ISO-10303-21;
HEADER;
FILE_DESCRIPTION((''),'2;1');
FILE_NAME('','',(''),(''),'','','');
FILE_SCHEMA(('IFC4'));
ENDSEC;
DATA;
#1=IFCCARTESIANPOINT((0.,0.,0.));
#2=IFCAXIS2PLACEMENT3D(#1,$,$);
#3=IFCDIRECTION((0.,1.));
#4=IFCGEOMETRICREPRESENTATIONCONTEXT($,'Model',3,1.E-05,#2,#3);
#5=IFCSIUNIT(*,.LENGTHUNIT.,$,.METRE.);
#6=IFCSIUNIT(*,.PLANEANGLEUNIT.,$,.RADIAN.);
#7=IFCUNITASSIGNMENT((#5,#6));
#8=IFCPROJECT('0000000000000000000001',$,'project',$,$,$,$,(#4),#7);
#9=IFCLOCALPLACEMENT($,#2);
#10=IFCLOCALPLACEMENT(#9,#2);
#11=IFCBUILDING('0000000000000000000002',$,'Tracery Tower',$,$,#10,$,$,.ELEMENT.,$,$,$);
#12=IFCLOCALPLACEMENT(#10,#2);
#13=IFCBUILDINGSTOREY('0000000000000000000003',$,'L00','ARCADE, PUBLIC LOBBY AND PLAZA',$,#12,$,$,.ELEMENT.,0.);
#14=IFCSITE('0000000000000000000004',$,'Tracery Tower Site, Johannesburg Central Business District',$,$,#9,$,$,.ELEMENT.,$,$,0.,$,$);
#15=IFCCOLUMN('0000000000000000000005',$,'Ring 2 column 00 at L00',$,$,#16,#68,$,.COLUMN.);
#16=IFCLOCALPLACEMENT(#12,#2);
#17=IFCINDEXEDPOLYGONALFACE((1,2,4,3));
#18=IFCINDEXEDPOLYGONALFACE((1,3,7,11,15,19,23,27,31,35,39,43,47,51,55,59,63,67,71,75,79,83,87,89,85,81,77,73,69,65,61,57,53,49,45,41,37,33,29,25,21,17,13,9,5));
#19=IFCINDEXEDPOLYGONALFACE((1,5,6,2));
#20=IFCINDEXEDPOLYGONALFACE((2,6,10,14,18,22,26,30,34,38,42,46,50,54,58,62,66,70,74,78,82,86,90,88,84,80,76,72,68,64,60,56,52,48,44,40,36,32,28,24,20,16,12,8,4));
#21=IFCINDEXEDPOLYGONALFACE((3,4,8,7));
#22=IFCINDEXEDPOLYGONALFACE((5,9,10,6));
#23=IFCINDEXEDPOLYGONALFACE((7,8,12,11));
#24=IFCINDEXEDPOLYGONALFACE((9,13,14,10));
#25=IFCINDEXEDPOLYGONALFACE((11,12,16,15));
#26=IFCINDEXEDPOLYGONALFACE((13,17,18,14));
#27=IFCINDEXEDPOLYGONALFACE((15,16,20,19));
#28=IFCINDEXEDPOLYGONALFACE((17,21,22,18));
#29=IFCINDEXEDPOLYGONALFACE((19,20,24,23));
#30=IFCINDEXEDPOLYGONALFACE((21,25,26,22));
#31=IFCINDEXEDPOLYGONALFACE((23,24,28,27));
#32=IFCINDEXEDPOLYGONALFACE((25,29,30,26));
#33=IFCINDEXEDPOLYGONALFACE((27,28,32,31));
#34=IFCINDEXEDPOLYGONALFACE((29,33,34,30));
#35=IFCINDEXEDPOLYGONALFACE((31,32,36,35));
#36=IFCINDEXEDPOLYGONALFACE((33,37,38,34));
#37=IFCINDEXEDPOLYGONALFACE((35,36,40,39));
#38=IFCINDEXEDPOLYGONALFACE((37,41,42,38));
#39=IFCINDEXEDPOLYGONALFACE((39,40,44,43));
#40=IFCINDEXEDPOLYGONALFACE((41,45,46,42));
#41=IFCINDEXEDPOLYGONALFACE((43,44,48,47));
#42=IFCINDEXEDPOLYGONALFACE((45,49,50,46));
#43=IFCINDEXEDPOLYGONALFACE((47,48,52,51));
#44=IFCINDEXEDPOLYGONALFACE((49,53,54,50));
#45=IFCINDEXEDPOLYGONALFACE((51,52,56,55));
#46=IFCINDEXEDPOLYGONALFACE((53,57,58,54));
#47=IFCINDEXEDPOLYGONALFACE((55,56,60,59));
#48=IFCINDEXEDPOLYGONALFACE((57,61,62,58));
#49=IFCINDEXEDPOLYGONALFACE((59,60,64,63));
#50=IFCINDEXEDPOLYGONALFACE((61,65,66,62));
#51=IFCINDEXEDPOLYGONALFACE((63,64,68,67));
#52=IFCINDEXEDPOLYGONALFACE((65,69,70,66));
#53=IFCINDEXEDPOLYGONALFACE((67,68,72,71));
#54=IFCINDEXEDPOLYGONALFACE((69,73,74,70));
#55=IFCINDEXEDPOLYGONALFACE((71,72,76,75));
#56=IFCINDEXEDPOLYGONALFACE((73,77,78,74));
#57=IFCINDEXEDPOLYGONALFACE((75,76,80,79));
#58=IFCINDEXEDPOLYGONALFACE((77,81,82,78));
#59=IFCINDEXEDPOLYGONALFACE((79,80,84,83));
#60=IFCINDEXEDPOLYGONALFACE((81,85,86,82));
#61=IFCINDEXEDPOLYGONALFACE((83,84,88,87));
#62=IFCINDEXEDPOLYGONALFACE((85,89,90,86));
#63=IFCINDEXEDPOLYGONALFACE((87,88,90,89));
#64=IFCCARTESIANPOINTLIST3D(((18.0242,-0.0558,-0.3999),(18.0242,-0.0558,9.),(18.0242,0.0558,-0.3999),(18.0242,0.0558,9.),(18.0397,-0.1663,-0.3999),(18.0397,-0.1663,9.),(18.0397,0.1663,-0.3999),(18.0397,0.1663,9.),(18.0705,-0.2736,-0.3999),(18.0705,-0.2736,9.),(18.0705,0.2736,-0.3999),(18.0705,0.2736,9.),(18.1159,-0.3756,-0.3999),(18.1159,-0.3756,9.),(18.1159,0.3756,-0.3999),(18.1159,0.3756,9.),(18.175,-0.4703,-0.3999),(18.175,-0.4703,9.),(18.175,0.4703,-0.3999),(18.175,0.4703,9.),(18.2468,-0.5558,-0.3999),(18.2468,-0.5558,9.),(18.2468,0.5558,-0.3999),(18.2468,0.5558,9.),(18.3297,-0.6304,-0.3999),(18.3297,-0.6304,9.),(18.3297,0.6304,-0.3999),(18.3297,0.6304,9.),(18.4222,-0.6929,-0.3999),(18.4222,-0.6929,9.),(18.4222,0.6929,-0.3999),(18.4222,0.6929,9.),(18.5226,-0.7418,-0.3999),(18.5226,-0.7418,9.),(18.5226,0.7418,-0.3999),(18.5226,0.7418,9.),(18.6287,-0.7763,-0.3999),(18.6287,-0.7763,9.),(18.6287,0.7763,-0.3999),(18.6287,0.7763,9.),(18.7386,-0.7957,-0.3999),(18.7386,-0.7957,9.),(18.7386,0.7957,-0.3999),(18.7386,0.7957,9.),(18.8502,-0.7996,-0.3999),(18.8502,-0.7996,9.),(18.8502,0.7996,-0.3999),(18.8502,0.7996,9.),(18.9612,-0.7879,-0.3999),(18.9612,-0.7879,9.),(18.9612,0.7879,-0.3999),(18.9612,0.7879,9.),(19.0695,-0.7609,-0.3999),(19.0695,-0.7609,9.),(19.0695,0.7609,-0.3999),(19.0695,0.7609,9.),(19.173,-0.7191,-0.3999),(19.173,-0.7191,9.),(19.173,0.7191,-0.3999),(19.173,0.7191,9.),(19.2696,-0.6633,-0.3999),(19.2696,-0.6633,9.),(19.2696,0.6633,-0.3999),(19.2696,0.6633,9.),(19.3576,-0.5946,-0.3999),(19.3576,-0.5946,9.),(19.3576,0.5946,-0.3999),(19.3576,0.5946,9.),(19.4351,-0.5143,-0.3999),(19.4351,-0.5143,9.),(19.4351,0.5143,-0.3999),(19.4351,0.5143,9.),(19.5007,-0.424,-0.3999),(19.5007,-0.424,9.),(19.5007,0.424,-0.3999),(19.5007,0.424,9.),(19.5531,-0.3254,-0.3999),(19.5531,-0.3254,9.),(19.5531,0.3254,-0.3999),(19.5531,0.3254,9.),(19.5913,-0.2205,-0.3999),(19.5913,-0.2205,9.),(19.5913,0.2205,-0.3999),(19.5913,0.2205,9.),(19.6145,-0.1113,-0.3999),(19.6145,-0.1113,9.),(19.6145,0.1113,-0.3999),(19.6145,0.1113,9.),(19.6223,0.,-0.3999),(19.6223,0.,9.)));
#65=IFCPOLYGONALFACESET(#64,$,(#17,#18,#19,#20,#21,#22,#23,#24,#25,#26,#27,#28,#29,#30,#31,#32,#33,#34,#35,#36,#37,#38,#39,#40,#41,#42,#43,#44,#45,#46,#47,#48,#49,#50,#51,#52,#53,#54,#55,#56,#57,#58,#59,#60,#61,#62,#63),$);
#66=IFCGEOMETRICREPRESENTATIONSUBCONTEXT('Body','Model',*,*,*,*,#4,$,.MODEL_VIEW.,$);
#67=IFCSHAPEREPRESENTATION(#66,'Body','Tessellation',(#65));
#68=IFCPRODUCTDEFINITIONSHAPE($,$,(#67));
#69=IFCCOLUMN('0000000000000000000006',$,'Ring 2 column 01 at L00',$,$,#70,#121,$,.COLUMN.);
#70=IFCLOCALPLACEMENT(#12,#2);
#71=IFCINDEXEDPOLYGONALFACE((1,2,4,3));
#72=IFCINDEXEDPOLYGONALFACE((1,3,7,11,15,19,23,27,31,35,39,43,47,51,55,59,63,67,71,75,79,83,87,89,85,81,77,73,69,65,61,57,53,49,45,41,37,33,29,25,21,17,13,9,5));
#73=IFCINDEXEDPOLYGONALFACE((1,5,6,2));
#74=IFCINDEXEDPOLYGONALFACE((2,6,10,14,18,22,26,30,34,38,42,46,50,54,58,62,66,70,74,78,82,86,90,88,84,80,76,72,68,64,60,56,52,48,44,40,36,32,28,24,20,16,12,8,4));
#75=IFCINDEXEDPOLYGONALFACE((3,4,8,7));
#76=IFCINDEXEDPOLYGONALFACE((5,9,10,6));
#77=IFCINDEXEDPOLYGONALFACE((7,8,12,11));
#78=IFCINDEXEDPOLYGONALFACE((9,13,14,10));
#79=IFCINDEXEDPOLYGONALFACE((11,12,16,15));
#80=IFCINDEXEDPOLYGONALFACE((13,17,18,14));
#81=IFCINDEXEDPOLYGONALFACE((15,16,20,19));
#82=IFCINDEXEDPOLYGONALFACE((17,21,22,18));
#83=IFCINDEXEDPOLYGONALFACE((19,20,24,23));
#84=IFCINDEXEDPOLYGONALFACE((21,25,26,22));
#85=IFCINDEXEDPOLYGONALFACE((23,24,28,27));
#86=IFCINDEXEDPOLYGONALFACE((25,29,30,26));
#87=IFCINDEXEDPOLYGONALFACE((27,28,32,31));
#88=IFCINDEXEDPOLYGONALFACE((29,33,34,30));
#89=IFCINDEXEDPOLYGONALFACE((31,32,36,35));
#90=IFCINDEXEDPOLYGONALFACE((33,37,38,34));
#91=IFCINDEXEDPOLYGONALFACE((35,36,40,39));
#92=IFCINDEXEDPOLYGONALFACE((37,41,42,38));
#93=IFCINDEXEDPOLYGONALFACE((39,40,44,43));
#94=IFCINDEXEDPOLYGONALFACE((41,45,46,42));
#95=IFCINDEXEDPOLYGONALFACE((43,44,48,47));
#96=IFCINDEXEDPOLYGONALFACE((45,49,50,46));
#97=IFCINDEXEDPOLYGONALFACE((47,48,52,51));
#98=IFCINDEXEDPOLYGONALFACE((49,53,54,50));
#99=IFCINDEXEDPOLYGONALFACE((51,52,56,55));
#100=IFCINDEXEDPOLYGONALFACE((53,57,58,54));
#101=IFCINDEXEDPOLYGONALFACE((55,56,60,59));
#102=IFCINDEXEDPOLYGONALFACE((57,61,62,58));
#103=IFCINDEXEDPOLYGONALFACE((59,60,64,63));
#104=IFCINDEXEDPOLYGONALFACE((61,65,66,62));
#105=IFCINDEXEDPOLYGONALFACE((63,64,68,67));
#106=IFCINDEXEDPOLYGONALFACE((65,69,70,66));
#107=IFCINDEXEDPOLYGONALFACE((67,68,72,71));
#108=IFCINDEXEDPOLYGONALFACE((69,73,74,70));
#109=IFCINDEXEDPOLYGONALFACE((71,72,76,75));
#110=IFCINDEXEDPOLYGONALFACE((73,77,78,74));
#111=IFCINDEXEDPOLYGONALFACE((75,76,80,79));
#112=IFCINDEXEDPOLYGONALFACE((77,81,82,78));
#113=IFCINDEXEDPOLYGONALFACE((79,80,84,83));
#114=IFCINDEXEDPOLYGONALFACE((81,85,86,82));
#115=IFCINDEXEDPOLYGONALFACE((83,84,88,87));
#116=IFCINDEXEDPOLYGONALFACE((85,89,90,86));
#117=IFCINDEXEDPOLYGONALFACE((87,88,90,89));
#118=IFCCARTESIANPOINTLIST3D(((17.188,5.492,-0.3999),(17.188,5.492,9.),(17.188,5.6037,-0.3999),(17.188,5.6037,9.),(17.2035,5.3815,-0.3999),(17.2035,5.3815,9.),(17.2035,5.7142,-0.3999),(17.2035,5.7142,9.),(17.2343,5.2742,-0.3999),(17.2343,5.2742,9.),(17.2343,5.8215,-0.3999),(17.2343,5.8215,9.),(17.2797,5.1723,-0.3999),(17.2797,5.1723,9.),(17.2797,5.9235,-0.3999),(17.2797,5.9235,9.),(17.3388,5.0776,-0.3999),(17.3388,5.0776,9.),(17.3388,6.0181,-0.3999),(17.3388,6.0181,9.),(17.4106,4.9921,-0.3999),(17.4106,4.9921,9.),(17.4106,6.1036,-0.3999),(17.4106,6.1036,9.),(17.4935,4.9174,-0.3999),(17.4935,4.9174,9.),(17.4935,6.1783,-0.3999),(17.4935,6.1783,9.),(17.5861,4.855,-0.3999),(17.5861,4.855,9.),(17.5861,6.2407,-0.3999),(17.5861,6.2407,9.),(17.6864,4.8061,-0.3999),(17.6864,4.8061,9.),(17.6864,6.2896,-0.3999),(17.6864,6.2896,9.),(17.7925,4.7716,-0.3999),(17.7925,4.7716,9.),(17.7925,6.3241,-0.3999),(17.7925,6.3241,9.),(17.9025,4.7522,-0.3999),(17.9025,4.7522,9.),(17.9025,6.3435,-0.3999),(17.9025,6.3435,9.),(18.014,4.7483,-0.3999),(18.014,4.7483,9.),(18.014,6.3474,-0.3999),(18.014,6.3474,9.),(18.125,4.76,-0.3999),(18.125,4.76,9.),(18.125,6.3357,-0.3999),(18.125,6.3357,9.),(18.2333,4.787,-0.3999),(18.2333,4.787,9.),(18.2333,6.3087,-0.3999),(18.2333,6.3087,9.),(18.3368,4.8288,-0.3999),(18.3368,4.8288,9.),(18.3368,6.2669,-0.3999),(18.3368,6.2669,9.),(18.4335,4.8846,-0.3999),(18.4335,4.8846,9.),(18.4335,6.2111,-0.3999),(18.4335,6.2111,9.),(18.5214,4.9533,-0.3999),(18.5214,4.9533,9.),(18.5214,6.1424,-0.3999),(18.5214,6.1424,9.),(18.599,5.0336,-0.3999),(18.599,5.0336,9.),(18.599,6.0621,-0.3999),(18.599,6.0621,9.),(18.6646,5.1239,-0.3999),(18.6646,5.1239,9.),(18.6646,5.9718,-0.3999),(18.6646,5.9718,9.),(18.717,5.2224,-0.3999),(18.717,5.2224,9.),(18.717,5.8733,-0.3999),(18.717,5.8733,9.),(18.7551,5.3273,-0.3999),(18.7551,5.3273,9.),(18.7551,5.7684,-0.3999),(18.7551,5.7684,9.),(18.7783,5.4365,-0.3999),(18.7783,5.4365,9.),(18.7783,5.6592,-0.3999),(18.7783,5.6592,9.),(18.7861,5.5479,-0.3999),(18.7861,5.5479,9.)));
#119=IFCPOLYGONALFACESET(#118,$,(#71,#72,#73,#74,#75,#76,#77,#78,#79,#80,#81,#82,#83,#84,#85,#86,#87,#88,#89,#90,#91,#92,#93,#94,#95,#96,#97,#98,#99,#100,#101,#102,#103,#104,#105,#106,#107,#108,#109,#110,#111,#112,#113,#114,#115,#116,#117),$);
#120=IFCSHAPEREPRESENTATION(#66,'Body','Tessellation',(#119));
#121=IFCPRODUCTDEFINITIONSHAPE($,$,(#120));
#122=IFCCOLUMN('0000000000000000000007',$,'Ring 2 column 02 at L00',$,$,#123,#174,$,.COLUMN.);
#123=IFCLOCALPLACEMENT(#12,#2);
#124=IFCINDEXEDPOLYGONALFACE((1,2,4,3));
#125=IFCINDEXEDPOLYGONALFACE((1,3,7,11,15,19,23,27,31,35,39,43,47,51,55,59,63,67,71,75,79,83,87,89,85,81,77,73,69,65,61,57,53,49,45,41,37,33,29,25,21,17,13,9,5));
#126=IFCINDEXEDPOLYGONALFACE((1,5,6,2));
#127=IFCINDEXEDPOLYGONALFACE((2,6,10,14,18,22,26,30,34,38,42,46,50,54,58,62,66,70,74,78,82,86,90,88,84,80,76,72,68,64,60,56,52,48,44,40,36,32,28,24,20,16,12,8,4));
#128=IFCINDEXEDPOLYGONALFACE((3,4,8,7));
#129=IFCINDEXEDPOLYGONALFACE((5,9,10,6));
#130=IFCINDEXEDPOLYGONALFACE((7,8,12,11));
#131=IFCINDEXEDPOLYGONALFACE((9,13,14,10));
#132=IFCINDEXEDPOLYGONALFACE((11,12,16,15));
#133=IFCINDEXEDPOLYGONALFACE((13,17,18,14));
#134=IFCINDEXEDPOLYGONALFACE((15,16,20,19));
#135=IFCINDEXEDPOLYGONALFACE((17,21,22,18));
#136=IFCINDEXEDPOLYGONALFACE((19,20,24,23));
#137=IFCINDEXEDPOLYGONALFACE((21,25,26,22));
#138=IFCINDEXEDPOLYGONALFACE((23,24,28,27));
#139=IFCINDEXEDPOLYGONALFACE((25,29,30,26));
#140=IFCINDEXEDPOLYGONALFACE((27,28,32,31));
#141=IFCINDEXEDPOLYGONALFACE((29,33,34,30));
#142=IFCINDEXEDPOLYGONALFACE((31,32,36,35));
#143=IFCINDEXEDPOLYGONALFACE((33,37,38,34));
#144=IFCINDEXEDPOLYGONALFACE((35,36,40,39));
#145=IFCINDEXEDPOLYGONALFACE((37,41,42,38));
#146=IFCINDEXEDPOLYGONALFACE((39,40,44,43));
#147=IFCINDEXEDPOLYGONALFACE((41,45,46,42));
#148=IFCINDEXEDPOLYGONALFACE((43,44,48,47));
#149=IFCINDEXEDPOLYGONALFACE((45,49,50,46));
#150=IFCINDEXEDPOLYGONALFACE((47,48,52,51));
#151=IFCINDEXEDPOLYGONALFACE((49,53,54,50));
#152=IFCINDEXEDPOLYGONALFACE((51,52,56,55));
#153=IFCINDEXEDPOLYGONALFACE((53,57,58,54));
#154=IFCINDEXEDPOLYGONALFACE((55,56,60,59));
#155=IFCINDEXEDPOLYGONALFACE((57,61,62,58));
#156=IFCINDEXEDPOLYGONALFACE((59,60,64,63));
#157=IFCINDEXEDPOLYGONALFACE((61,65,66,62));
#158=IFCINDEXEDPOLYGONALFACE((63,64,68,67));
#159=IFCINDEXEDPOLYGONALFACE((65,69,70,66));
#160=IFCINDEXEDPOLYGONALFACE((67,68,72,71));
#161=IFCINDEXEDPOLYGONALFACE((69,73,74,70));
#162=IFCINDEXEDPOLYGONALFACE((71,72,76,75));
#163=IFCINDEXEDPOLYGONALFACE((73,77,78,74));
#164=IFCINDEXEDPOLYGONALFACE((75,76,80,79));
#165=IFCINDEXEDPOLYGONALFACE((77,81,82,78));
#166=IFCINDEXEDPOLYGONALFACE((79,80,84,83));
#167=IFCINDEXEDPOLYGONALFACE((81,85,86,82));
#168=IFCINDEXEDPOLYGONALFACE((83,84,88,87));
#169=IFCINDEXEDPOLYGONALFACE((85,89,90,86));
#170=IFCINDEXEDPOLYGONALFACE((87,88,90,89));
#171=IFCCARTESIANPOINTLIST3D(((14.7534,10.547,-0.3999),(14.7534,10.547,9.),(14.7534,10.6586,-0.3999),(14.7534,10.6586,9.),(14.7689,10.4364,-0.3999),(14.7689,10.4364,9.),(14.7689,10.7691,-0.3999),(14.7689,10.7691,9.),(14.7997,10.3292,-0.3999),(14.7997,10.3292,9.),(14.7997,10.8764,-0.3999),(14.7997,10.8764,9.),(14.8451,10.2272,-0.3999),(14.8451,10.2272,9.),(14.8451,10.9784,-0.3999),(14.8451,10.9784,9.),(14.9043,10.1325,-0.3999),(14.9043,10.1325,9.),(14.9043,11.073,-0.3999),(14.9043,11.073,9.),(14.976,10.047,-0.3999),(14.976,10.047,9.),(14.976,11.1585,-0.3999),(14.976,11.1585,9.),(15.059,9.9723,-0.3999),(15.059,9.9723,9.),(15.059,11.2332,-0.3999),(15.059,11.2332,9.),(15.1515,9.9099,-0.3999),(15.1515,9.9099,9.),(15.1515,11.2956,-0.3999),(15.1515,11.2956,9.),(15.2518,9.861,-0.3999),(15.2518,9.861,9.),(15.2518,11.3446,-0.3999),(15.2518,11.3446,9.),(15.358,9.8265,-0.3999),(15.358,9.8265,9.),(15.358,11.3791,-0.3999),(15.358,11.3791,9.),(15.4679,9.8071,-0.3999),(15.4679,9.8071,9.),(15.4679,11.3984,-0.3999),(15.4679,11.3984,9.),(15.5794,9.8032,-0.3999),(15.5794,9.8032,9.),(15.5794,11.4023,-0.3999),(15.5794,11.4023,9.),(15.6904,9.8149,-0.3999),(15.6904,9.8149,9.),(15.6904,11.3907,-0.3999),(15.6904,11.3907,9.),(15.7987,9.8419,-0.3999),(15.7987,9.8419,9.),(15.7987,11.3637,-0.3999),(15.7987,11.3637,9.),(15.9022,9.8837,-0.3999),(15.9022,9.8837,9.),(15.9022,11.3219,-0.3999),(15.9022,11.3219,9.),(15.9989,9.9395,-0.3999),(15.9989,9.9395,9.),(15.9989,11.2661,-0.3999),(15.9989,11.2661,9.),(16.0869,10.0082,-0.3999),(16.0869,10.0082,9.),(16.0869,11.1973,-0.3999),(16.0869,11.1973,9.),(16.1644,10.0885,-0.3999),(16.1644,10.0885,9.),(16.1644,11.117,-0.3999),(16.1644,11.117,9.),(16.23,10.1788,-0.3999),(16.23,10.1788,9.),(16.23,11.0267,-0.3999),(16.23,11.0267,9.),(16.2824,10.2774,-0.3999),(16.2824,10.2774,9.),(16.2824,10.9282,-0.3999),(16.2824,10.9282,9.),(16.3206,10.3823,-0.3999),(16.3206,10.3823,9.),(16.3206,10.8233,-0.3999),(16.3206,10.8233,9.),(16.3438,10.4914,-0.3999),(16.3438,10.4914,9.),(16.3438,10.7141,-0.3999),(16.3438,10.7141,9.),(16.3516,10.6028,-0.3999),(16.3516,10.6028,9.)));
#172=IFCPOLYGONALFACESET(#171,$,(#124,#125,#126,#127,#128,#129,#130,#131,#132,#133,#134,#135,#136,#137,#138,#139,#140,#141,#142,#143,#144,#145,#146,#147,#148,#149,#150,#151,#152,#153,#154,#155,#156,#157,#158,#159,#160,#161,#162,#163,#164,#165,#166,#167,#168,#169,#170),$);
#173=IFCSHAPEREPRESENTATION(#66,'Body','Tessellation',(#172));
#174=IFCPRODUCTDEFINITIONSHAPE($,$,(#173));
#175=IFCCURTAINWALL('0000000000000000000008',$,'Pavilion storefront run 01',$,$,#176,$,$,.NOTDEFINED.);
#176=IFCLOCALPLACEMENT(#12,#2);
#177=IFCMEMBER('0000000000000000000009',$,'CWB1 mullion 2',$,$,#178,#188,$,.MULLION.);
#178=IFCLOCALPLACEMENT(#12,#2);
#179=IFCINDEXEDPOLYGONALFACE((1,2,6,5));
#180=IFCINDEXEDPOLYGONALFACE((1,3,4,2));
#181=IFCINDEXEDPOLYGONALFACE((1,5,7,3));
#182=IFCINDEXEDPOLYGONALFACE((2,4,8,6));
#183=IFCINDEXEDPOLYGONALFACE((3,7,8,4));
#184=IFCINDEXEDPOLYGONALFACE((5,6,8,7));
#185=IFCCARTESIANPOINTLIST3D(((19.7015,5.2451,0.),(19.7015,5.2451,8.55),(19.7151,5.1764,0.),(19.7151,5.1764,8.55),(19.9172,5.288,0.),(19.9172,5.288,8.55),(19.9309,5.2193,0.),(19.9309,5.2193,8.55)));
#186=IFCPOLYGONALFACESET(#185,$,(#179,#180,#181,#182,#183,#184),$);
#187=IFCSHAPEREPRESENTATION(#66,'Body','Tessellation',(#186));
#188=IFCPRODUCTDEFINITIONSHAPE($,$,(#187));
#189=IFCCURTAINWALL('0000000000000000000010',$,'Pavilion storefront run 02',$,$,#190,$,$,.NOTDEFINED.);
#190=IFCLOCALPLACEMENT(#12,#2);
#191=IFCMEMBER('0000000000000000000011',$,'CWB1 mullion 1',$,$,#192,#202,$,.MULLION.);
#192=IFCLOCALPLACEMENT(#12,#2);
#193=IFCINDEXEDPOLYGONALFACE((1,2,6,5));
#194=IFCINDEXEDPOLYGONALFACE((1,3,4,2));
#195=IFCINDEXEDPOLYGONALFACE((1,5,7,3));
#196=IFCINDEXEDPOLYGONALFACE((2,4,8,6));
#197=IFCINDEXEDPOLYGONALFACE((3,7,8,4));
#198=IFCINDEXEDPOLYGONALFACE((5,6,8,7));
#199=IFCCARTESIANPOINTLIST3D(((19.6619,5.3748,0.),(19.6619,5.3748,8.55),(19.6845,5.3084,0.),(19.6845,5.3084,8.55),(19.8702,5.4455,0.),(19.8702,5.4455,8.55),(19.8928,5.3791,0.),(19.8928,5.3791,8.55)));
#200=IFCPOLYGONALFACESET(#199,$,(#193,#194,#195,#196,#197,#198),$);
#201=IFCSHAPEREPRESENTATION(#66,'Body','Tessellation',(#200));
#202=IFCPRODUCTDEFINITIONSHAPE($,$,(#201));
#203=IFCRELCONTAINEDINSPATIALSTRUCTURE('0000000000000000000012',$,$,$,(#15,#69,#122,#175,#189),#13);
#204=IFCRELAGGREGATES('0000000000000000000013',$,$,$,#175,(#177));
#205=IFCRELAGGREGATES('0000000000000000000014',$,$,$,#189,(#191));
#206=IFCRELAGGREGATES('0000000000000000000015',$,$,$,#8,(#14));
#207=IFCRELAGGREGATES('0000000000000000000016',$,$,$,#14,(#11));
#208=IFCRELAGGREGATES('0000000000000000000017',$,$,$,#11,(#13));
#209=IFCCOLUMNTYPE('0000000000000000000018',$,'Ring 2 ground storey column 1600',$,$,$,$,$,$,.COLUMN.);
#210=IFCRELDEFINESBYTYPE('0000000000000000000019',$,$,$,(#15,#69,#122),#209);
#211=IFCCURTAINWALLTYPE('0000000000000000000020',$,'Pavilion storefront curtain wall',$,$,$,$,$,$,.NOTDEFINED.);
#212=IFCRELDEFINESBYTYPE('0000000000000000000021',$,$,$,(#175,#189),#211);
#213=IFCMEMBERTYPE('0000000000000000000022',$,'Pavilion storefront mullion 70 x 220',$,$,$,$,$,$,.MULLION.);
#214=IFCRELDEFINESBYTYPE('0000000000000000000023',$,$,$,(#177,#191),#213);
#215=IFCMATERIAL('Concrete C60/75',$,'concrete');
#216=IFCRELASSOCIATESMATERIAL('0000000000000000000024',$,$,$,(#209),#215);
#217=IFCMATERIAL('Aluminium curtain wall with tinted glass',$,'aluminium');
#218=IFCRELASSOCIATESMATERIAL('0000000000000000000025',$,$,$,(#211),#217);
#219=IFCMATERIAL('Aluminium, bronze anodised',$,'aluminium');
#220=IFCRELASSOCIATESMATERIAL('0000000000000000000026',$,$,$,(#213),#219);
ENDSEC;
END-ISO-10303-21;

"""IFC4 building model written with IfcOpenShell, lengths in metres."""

from ifc_helpers import new_model, si_unit, direction, frame, origin, origin_2d, place, context, subcontext, project, spatial, rectangle, circle, extrude, material, material_profile, profile_set, type_object, element, aggregate, save


model = new_model("IFC4")

# Units and contexts
model_context = context("Model", 3, precision=1e-05, world=origin(), true_north=direction((0.0, 1.0)))
body_context = subcontext(model_context, "Body", "Model", "MODEL_VIEW")
ifc_project = project(units=[si_unit("LENGTHUNIT", "METRE"), si_unit("PLANEANGLEUNIT", "RADIAN")], contexts=[model_context])

# Site, building, storey
site_placement = place(None, origin())
site = spatial("IfcSite", under=ifc_project, at=site_placement, Name="Tracery Tower Site, Johannesburg Central Business District", CompositionType="ELEMENT", RefElevation=0.0)
building_placement = place(site_placement, origin())
building = spatial("IfcBuilding", under=site, at=building_placement, Name="Tracery Tower", CompositionType="ELEMENT")
storey_placement = place(building_placement, origin())
storey = spatial("IfcBuildingStorey", under=building, at=storey_placement, Name="L00", Description="ARCADE, PUBLIC LOBBY AND PLAZA", CompositionType="ELEMENT", Elevation=0.0)

# Columns
ifc_material_1 = material(Name="Concrete C60/75", Category="concrete")
ifc_material_profile_1 = material_profile(ifc_material_1, circle(Radius=0.8, at=origin_2d()), Name="RC D1600")
ifc_profile_set_1 = profile_set([ifc_material_profile_1], Name="Concrete C60/75")
column_type = type_object("IfcColumnType", Name="Ring 2 ground storey column 1600", PredefinedType="COLUMN", material=ifc_profile_set_1)
for number, where, z_axis, x_axis, name in (
    (1, (18.8223, 0.0, -0.3999), (0.0, 0.0, 1.0), (1.0, 0.0, 0.0), "Ring 2 column 00 at L00"),
    (2, (17.9861, 5.5479, -0.3999), (0.0, 0.0, 1.0), (1.0, 0.0, 0.0), "Ring 2 column 01 at L00"),
    (3, (15.5515, 10.6028, -0.3999), (0.0, 0.0, 1.0), (1.0, 0.0, 0.0), "Ring 2 column 02 at L00"),
):
    element("IfcColumn", number, at=place(storey_placement, frame(where, z_axis=z_axis, x_axis=x_axis)), inside=storey, type_object=column_type, Name=name, PredefinedType="COLUMN", context=body_context, shape_type="SweptSolid", body=[
        extrude(circle(Radius=0.8, at=origin_2d()), origin(), (0.0, 0.0, 1.0), 9.3999),
    ])

# Curtain wall, member
ifc_material_2 = material(Name="Aluminium curtain wall with tinted glass", Category="aluminium")
curtain_wall_type = type_object("IfcCurtainWallType", Name="Pavilion storefront curtain wall", PredefinedType="NOTDEFINED", material=ifc_material_2)
curtain_wall_1_placement = place(storey_placement, origin())
curtain_wall_1 = element("IfcCurtainWall", 4, at=curtain_wall_1_placement, inside=storey, type_object=curtain_wall_type, Name="Pavilion storefront run 01", PredefinedType="NOTDEFINED")
ifc_material_3 = material(Name="Aluminium, bronze anodised", Category="aluminium")
ifc_material_profile_2 = material_profile(ifc_material_3, rectangle(XDim=0.22, YDim=0.0701, at=origin_2d()), Name="Pavilion storefront mullion 70 x 220")
ifc_profile_set_2 = profile_set([ifc_material_profile_2], Name="Aluminium, bronze anodised")
member_type_1 = type_object("IfcMemberType", Name="Pavilion storefront mullion 70 x 220", PredefinedType="MULLION", material=ifc_profile_set_2)
member_1_placement = place(storey_placement, frame((19.8162, 5.2322, 0.0), z_axis=(0.0, 0.0, 1.0), x_axis=(-0.980789, -0.195074, 0.0)))
member_1 = element("IfcMember", 5, at=member_1_placement, type_object=member_type_1, Name="CWB1 mullion 2", PredefinedType="MULLION", context=body_context, shape_type="SweptSolid", body=[
    extrude(rectangle(XDim=0.22, YDim=0.0701, at=origin_2d()), origin(), (0.0, 0.0, 1.0), 8.55),
])

# Curtain wall, member
curtain_wall_2_placement = place(storey_placement, origin())
curtain_wall_2 = element("IfcCurtainWall", 6, at=curtain_wall_2_placement, inside=storey, type_object=curtain_wall_type, Name="Pavilion storefront run 02", PredefinedType="NOTDEFINED")
member_2_placement = place(storey_placement, frame((19.7773, 5.377, 0.0), z_axis=(0.0, 0.0, 1.0), x_axis=(-0.946931, -0.321435, 0.0)))
member_2 = element("IfcMember", 7, at=member_2_placement, type_object=member_type_1, Name="CWB1 mullion 1", PredefinedType="MULLION", context=body_context, shape_type="SweptSolid", body=[
    extrude(rectangle(XDim=0.22, YDim=0.0701, at=origin_2d()), origin(), (0.0, 0.0, 1.0), 8.55),
])

aggregate(curtain_wall_1, [member_1])
aggregate(curtain_wall_2, [member_2])

save(model, "model.ifc")
